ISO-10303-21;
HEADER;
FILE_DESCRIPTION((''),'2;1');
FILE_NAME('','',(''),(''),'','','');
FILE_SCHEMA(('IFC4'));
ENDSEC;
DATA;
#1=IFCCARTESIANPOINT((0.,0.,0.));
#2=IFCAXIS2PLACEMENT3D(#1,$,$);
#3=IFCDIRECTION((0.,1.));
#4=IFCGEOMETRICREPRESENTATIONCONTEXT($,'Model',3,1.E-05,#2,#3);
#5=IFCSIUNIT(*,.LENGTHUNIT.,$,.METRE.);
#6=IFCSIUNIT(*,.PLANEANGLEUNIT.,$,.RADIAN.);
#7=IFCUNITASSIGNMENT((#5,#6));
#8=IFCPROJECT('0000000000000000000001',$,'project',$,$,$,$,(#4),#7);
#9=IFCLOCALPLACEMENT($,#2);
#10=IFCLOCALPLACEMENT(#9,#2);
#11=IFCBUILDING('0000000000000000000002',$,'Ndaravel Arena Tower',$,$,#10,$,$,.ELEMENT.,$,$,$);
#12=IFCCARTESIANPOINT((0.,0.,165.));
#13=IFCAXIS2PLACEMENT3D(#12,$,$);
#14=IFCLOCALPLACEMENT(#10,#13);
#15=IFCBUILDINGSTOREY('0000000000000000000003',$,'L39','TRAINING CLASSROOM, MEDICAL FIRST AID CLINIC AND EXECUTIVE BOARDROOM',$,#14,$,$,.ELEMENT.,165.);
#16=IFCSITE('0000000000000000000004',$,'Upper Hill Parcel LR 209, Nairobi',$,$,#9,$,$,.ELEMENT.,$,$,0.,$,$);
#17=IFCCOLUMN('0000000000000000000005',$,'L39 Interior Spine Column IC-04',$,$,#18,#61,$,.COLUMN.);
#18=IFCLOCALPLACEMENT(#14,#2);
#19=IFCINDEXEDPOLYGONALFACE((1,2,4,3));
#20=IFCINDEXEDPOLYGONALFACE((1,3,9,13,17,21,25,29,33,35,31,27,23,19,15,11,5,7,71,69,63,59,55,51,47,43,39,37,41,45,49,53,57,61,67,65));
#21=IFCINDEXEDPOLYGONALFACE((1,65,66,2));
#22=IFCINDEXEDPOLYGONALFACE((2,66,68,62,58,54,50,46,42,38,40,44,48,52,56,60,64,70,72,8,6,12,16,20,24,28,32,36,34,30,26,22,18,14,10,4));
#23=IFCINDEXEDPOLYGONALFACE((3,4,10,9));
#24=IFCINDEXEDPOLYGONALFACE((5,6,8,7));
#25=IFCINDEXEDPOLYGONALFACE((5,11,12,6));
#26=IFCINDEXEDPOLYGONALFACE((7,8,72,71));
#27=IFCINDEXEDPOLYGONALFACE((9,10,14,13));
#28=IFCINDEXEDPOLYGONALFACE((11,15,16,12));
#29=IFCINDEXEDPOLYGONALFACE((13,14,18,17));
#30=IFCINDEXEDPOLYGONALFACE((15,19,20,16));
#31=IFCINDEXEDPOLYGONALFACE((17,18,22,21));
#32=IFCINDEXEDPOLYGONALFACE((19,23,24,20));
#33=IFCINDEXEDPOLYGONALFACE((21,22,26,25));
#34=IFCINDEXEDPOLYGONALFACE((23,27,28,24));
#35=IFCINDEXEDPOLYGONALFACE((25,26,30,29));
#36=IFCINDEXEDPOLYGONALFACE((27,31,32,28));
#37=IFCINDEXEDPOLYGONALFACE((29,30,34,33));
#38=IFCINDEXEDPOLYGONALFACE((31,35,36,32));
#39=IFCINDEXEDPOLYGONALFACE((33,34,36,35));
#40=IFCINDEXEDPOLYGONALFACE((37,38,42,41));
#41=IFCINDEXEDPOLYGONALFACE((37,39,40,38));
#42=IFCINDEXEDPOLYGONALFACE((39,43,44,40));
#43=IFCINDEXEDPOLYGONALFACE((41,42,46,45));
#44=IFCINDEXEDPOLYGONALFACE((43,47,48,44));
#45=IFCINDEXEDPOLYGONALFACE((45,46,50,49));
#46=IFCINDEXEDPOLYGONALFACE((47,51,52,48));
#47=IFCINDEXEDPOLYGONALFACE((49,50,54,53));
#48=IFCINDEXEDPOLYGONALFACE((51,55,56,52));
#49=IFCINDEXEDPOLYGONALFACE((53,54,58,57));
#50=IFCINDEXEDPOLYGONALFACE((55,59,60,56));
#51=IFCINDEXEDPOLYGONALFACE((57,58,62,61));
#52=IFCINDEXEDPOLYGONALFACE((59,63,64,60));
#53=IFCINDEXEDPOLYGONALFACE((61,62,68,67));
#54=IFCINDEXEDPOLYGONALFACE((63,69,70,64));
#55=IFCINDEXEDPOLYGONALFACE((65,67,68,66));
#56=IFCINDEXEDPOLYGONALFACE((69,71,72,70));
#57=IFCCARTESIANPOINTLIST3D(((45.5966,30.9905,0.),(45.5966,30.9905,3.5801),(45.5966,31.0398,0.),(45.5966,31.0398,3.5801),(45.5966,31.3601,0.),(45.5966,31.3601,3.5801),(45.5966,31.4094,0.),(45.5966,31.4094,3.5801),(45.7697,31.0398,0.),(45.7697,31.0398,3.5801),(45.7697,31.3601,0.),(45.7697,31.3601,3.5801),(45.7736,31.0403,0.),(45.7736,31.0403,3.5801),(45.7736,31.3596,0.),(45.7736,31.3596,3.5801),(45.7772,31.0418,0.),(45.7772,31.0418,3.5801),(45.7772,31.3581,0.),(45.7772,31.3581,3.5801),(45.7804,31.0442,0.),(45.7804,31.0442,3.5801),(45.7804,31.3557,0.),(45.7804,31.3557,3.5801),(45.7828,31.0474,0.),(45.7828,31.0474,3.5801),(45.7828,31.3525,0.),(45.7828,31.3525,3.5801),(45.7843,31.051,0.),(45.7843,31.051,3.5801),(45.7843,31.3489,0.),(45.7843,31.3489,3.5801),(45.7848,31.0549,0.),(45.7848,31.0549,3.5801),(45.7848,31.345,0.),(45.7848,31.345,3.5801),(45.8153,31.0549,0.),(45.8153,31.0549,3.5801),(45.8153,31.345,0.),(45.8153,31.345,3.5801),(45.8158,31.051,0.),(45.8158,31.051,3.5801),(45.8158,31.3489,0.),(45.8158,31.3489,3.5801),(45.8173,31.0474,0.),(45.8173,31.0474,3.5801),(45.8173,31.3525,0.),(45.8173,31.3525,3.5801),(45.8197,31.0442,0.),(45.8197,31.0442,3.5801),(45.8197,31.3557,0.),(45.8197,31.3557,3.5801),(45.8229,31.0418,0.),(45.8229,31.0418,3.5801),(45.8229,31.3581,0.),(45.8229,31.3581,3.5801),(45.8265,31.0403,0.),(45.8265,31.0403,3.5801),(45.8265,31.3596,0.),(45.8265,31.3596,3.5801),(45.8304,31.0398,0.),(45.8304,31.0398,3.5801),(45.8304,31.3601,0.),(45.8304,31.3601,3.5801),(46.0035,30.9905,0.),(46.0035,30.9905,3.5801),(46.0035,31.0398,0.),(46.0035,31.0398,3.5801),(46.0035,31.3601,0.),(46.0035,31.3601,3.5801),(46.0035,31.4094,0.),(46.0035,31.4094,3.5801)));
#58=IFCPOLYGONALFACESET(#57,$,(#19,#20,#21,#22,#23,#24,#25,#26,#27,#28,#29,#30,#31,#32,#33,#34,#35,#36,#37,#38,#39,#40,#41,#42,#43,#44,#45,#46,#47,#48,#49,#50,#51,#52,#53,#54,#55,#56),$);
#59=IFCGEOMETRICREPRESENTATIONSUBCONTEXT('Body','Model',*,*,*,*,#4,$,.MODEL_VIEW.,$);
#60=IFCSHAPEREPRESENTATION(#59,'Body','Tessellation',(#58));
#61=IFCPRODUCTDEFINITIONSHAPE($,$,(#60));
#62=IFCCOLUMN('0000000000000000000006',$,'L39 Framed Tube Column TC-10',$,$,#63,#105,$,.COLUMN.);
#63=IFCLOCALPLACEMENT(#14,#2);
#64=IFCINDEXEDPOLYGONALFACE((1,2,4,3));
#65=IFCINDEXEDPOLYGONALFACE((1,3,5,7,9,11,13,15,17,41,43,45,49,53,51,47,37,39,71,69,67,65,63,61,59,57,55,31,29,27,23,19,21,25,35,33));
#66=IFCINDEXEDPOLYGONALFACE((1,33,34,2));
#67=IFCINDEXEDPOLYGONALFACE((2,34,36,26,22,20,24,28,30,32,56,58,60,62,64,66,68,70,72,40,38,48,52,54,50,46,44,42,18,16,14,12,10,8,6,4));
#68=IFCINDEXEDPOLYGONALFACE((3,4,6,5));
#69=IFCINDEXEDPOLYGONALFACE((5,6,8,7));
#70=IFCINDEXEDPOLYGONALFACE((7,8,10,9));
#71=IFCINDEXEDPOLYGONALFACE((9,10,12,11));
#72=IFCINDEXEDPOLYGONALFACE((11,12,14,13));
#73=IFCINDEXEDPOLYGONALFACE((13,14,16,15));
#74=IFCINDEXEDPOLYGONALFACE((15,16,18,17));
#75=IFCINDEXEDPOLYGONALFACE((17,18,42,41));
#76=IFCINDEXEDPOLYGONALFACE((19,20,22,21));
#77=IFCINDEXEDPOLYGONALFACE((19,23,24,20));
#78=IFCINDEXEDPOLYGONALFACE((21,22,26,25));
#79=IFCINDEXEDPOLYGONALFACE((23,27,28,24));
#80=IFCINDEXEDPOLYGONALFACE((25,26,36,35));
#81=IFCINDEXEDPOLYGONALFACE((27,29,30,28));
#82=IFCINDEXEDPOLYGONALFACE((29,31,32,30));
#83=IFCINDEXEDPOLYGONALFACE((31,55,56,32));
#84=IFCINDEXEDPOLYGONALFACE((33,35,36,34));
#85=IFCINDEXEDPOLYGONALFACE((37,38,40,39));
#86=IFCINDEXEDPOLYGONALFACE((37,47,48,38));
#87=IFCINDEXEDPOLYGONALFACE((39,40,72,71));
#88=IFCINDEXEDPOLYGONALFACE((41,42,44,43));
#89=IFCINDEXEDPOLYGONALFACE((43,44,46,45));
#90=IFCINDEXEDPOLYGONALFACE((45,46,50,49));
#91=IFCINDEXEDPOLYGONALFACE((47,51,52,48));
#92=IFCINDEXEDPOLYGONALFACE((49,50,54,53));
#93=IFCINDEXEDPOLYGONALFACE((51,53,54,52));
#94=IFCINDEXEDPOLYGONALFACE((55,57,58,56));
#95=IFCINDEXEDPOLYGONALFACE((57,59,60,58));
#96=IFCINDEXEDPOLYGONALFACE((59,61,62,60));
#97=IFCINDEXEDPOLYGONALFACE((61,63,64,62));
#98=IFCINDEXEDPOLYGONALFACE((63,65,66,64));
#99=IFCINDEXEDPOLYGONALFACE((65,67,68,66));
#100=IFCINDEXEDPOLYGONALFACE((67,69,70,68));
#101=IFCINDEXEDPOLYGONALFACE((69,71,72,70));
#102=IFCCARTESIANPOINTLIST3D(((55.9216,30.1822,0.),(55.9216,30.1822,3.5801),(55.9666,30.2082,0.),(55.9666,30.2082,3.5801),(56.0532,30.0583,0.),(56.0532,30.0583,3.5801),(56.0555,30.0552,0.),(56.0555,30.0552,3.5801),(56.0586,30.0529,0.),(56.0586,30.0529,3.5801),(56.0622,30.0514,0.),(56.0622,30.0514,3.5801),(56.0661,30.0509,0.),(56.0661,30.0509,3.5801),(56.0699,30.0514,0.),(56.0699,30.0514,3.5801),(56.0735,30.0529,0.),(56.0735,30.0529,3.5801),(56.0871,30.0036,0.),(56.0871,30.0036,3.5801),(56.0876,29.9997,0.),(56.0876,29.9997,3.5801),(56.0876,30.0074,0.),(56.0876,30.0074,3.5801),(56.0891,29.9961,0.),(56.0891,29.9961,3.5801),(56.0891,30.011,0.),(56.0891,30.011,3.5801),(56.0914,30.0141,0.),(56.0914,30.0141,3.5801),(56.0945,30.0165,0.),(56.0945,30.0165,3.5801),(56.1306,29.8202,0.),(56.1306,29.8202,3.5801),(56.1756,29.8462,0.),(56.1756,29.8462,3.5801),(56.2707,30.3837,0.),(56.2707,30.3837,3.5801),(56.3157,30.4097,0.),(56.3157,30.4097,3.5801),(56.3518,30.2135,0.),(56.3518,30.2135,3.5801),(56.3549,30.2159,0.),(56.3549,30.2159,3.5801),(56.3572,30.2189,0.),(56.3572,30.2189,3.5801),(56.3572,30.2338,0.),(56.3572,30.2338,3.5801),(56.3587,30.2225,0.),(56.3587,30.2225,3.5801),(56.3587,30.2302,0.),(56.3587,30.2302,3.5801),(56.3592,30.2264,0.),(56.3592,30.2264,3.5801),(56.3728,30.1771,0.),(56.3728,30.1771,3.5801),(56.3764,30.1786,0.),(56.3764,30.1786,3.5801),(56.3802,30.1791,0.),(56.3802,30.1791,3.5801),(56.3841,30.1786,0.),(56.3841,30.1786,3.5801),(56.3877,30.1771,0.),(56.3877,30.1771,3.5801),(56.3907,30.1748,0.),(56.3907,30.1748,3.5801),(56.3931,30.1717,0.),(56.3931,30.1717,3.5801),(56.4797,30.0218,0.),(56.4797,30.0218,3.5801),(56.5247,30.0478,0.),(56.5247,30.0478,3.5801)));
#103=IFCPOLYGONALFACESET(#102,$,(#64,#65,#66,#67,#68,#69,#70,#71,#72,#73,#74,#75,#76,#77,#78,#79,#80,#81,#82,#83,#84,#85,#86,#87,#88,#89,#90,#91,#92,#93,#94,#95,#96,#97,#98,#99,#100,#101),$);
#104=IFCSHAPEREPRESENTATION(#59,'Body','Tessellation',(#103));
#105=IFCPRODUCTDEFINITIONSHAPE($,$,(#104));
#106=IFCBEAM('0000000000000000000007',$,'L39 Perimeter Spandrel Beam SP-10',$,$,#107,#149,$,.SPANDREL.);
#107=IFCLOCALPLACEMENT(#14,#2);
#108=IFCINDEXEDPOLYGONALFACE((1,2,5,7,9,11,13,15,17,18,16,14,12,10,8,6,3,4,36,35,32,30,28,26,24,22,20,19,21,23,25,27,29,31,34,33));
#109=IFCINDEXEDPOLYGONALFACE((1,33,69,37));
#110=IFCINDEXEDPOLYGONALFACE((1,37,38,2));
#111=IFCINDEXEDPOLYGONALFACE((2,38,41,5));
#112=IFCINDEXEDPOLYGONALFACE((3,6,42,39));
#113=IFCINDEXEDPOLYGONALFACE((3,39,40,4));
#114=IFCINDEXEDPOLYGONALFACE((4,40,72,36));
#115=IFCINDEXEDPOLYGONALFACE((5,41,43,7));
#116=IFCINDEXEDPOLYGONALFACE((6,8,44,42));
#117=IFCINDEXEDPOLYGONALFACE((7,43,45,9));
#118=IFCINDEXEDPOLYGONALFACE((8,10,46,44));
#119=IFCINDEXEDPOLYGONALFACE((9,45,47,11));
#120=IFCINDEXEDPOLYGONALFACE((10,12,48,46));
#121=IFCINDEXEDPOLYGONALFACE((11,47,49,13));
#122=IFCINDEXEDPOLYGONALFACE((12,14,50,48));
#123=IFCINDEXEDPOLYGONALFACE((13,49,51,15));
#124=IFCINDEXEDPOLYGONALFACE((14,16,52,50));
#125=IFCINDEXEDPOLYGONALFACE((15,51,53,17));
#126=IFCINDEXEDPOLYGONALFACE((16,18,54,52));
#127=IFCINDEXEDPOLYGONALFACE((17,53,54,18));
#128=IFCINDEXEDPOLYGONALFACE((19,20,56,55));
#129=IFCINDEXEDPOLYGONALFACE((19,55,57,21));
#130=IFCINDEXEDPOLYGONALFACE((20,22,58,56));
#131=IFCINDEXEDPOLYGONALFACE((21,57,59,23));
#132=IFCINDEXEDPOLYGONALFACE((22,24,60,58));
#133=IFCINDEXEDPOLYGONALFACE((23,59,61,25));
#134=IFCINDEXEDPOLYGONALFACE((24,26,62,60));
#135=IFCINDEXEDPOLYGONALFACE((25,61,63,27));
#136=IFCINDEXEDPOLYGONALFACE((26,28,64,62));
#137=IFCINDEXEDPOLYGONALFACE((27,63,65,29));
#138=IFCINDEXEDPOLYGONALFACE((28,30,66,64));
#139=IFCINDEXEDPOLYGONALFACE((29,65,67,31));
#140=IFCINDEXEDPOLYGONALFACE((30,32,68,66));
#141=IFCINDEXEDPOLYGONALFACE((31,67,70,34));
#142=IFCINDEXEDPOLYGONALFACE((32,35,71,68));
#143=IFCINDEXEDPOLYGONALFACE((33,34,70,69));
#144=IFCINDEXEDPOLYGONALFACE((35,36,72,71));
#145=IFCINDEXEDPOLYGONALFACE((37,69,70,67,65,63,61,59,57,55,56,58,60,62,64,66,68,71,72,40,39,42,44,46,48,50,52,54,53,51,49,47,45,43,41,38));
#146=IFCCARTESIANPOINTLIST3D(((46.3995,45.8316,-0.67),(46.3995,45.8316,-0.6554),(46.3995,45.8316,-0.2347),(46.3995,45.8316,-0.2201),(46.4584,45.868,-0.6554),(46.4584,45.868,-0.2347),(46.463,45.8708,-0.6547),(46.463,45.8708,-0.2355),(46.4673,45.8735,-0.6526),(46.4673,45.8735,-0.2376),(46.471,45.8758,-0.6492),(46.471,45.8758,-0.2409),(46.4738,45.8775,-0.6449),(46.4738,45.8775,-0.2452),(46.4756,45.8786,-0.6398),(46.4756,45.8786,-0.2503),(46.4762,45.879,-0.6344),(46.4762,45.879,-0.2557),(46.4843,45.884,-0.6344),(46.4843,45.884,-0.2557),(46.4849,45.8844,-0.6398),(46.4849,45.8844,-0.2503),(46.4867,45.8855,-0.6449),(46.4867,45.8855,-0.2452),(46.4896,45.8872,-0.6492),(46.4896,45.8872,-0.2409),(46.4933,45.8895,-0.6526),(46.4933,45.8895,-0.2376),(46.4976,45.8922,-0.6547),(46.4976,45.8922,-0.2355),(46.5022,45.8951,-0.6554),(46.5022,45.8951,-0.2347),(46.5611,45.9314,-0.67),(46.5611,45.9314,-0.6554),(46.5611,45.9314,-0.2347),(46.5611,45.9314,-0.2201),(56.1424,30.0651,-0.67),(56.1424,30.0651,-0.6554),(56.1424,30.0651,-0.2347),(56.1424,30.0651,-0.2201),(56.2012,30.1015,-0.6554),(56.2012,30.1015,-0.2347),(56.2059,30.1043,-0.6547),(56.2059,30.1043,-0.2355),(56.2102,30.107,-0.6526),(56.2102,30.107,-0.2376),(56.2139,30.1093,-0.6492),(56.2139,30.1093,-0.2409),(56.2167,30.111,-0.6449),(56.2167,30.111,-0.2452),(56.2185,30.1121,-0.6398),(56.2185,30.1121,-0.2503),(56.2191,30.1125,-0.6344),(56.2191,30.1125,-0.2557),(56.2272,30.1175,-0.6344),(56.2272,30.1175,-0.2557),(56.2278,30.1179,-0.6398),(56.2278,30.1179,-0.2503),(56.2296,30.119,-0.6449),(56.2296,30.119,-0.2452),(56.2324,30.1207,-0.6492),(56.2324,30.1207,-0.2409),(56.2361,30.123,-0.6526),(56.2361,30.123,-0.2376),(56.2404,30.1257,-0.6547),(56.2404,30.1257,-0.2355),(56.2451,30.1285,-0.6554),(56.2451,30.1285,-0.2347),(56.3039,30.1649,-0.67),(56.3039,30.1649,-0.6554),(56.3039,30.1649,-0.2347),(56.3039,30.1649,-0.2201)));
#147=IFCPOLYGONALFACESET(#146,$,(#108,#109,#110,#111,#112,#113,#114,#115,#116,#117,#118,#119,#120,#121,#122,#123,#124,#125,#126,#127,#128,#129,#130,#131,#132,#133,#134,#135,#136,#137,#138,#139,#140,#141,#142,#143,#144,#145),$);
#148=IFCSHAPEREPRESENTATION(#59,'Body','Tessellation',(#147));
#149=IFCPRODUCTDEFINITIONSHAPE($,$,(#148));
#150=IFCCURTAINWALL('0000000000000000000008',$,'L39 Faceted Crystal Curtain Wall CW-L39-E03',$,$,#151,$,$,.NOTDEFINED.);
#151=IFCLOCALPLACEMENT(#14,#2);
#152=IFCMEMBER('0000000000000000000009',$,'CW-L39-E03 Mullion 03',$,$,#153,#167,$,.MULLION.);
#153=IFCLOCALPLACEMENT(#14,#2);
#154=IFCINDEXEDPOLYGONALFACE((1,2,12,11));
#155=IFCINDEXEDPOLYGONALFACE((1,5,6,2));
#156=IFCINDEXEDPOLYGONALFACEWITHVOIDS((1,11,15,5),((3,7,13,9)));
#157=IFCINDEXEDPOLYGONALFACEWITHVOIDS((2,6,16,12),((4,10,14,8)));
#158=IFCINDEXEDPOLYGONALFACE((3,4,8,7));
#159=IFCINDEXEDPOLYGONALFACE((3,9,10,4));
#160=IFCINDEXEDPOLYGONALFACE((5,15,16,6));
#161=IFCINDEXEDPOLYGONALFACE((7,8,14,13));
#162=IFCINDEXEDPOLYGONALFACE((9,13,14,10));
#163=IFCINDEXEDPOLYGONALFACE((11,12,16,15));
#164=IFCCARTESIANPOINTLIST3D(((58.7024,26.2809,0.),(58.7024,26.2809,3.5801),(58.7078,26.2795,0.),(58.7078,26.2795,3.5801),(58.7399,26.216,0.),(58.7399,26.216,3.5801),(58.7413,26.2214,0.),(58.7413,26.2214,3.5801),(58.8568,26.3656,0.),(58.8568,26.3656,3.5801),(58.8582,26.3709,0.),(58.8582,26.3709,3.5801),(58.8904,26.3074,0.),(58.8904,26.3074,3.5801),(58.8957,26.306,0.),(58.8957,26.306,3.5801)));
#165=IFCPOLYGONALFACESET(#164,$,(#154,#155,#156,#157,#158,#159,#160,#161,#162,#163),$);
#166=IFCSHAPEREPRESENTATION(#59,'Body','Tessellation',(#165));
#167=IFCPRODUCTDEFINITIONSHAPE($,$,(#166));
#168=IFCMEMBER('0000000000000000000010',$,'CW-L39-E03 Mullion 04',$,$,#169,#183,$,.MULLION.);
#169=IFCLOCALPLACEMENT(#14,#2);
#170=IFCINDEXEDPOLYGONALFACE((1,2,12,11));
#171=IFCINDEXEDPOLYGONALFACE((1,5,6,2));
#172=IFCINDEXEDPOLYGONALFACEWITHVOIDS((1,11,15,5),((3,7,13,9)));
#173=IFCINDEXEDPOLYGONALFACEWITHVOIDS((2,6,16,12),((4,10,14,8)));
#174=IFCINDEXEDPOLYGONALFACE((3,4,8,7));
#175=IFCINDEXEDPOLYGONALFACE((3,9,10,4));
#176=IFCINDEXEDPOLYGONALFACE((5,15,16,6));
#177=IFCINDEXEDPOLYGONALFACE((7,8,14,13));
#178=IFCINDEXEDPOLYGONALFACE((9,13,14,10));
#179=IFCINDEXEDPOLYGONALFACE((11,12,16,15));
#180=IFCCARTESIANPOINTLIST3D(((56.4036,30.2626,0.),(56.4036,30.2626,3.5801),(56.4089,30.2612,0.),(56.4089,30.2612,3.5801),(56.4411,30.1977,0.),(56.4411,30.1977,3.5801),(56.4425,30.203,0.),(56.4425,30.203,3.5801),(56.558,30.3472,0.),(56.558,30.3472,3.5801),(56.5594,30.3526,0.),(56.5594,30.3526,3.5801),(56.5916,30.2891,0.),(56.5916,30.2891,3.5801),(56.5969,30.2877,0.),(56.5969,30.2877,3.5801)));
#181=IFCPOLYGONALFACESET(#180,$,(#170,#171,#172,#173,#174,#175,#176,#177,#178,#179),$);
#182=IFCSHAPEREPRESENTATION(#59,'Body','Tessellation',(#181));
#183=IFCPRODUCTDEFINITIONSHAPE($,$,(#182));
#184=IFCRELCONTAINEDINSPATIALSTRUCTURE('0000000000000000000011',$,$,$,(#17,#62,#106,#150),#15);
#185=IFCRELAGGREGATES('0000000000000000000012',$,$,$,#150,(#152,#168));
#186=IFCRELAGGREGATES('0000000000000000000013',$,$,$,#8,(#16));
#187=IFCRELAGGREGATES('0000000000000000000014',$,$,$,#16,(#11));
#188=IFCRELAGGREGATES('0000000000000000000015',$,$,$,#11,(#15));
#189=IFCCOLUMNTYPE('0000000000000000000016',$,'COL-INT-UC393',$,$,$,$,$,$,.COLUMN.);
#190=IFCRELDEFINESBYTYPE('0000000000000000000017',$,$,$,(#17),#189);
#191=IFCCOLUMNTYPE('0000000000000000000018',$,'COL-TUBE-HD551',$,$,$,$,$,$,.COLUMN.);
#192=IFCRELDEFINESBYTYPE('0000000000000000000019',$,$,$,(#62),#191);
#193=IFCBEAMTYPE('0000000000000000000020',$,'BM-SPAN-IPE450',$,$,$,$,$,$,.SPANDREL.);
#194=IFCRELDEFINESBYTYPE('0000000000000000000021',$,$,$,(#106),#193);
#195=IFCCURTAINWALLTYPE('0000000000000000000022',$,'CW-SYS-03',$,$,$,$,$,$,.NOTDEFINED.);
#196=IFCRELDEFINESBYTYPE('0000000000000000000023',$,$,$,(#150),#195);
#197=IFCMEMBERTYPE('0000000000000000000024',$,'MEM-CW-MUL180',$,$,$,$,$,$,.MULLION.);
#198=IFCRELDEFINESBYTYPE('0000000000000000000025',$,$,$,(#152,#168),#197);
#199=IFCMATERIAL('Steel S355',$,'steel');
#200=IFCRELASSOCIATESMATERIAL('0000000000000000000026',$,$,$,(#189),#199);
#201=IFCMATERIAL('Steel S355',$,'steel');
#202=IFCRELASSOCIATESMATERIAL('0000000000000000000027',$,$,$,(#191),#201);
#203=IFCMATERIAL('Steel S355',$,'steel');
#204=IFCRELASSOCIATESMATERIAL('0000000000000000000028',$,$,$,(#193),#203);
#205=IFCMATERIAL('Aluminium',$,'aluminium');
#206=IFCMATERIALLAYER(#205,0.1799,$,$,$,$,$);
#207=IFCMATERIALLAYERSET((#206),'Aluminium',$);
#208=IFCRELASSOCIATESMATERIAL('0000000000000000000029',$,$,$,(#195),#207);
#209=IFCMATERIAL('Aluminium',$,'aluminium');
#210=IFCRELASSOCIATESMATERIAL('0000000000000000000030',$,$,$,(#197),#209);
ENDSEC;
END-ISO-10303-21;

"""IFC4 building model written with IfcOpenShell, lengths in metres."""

from ifc_helpers import new_model, si_unit, direction, frame, origin, origin_2d, place, context, subcontext, project, spatial, hollow_rectangle, i_section, extrude, material, layer, layer_set, material_profile, profile_set, type_object, element, aggregate, save


model = new_model("IFC4")

# Units and contexts
model_context = context("Model", 3, precision=1e-05, world=origin(), true_north=direction((0.0, 1.0)))
body_context = subcontext(model_context, "Body", "Model", "MODEL_VIEW")
ifc_project = project(units=[si_unit("LENGTHUNIT", "METRE"), si_unit("PLANEANGLEUNIT", "RADIAN")], contexts=[model_context])

# Site, building, storey
site_placement = place(None, origin())
site = spatial("IfcSite", under=ifc_project, at=site_placement, Name="Upper Hill Parcel LR 209, Nairobi", CompositionType="ELEMENT", RefElevation=0.0)
building_placement = place(site_placement, origin())
building = spatial("IfcBuilding", under=site, at=building_placement, Name="Ndaravel Arena Tower", CompositionType="ELEMENT")
storey_placement = place(building_placement, frame((0.0, 0.0, 165.0)))
storey = spatial("IfcBuildingStorey", under=building, at=storey_placement, Name="L39", Description="TRAINING CLASSROOM, MEDICAL FIRST AID CLINIC AND EXECUTIVE BOARDROOM", CompositionType="ELEMENT", Elevation=165.0)

# Columns
ifc_material_1 = material(Name="Steel S355", Category="steel")
ifc_material_profile_1 = material_profile(ifc_material_1, i_section(OverallWidth=0.407, OverallDepth=0.4189, WebThickness=0.0305, FlangeThickness=0.0493, FilletRadius=0.0151, at=origin_2d()), Name="UC 356x406x393")
ifc_profile_set_1 = profile_set([ifc_material_profile_1], Name="Steel S355")
column_type_1 = type_object("IfcColumnType", Name="COL-INT-UC393", PredefinedType="COLUMN", material=ifc_profile_set_1)
column_1_placement = place(storey_placement, frame((45.8, 31.2, 0.0), z_axis=(0.0, 0.0, 1.0), x_axis=(1.0, 0.0, 0.0)))
element("IfcColumn", 1, at=column_1_placement, inside=storey, type_object=column_type_1, Name="L39 Interior Spine Column IC-04", PredefinedType="COLUMN", context=body_context, shape_type="SweptSolid", body=[
    extrude(i_section(OverallWidth=0.407, OverallDepth=0.4189, WebThickness=0.0305, FlangeThickness=0.0493, FilletRadius=0.0151, at=origin_2d()), origin(), (0.0, 0.0, 1.0), 3.5801),
])
ifc_material_2 = material(Name="Steel S355", Category="steel")
ifc_material_profile_2 = material_profile(ifc_material_2, i_section(OverallWidth=0.418, OverallDepth=0.4551, WebThickness=0.042, FlangeThickness=0.052, FilletRadius=0.0149, at=origin_2d()), Name="HD 400x551")
ifc_profile_set_2 = profile_set([ifc_material_profile_2], Name="Steel S355")
column_type_2 = type_object("IfcColumnType", Name="COL-TUBE-HD551", PredefinedType="COLUMN", material=ifc_profile_set_2)
column_2_placement = place(storey_placement, frame((56.2231, 30.115, 0.0), z_axis=(0.0, 0.0, 1.0), x_axis=(-0.5, 0.866025, 0.0)))
element("IfcColumn", 2, at=column_2_placement, inside=storey, type_object=column_type_2, Name="L39 Framed Tube Column TC-10", PredefinedType="COLUMN", context=body_context, shape_type="SweptSolid", body=[
    extrude(i_section(OverallWidth=0.418, OverallDepth=0.4551, WebThickness=0.042, FlangeThickness=0.052, FilletRadius=0.0149, at=origin_2d()), origin(), (0.0, 0.0, 1.0), 3.5801),
])

# Beam
ifc_material_3 = material(Name="Steel S355", Category="steel")
ifc_material_profile_3 = material_profile(ifc_material_3, i_section(OverallWidth=0.1899, OverallDepth=0.45, WebThickness=0.0095, FlangeThickness=0.0146, FilletRadius=0.021, at=origin_2d()), Name="IPE 450")
ifc_profile_set_3 = profile_set([ifc_material_profile_3], Name="Steel S355")
beam_type = type_object("IfcBeamType", Name="BM-SPAN-IPE450", PredefinedType="SPANDREL", material=ifc_profile_set_3)
beam_placement = place(storey_placement, frame((56.2231, 30.115, -0.4451), z_axis=(-0.525677, 0.850684, 0.0), x_axis=(-0.850684, -0.525677, 0.0)))
element("IfcBeam", 3, at=beam_placement, inside=storey, type_object=beam_type, Name="L39 Perimeter Spandrel Beam SP-10", PredefinedType="SPANDREL", context=body_context, shape_type="SweptSolid", body=[
    extrude(i_section(OverallWidth=0.1899, OverallDepth=0.45, WebThickness=0.0095, FlangeThickness=0.0146, FilletRadius=0.021, at=origin_2d()), origin(), (0.0, 0.0, 1.0), 18.5339),
])

# Curtain wall, members
ifc_material_4 = material(Name="Aluminium", Category="aluminium")
ifc_layer_1 = layer(ifc_material_4, 0.1799)
ifc_layer_set_1 = layer_set([ifc_layer_1], Name="Aluminium")
curtain_wall_type = type_object("IfcCurtainWallType", Name="CW-SYS-03", PredefinedType="NOTDEFINED", material=ifc_layer_set_1)
curtain_wall_placement = place(storey_placement, origin())
curtain_wall = element("IfcCurtainWall", 4, at=curtain_wall_placement, inside=storey, type_object=curtain_wall_type, Name="L39 Faceted Crystal Curtain Wall CW-L39-E03", PredefinedType="NOTDEFINED")
ifc_material_5 = material(Name="Aluminium", Category="aluminium")
ifc_material_profile_4 = material_profile(ifc_material_5, hollow_rectangle(XDim=0.075, YDim=0.1799, WallThickness=0.0039, at=origin_2d()), Name="CW MULLION 75x180x4")
ifc_profile_set_4 = profile_set([ifc_material_profile_4], Name="Aluminium")
member_type = type_object("IfcMemberType", Name="MEM-CW-MUL180", PredefinedType="MULLION", material=ifc_profile_set_4)
member_1_placement = place(storey_placement, frame((58.7991, 26.2935, 0.0), z_axis=(0.0, 0.0, 1.0), x_axis=(-0.5, 0.866025, 0.0)))
member_1 = element("IfcMember", 5, at=member_1_placement, type_object=member_type, Name="CW-L39-E03 Mullion 03", PredefinedType="MULLION", context=body_context, shape_type="SweptSolid", body=[
    extrude(hollow_rectangle(XDim=0.075, YDim=0.1799, WallThickness=0.0039, at=origin_2d()), origin(), (0.0, 0.0, 1.0), 3.5801),
])
member_2_placement = place(storey_placement, frame((56.5002, 30.2751, 0.0), z_axis=(0.0, 0.0, 1.0), x_axis=(-0.5, 0.866025, 0.0)))
member_2 = element("IfcMember", 6, at=member_2_placement, type_object=member_type, Name="CW-L39-E03 Mullion 04", PredefinedType="MULLION", context=body_context, shape_type="SweptSolid", body=[
    extrude(hollow_rectangle(XDim=0.075, YDim=0.1799, WallThickness=0.0039, at=origin_2d()), origin(), (0.0, 0.0, 1.0), 3.5801),
])
aggregate(curtain_wall, [member_1, member_2])

save(model, "model.ifc")
